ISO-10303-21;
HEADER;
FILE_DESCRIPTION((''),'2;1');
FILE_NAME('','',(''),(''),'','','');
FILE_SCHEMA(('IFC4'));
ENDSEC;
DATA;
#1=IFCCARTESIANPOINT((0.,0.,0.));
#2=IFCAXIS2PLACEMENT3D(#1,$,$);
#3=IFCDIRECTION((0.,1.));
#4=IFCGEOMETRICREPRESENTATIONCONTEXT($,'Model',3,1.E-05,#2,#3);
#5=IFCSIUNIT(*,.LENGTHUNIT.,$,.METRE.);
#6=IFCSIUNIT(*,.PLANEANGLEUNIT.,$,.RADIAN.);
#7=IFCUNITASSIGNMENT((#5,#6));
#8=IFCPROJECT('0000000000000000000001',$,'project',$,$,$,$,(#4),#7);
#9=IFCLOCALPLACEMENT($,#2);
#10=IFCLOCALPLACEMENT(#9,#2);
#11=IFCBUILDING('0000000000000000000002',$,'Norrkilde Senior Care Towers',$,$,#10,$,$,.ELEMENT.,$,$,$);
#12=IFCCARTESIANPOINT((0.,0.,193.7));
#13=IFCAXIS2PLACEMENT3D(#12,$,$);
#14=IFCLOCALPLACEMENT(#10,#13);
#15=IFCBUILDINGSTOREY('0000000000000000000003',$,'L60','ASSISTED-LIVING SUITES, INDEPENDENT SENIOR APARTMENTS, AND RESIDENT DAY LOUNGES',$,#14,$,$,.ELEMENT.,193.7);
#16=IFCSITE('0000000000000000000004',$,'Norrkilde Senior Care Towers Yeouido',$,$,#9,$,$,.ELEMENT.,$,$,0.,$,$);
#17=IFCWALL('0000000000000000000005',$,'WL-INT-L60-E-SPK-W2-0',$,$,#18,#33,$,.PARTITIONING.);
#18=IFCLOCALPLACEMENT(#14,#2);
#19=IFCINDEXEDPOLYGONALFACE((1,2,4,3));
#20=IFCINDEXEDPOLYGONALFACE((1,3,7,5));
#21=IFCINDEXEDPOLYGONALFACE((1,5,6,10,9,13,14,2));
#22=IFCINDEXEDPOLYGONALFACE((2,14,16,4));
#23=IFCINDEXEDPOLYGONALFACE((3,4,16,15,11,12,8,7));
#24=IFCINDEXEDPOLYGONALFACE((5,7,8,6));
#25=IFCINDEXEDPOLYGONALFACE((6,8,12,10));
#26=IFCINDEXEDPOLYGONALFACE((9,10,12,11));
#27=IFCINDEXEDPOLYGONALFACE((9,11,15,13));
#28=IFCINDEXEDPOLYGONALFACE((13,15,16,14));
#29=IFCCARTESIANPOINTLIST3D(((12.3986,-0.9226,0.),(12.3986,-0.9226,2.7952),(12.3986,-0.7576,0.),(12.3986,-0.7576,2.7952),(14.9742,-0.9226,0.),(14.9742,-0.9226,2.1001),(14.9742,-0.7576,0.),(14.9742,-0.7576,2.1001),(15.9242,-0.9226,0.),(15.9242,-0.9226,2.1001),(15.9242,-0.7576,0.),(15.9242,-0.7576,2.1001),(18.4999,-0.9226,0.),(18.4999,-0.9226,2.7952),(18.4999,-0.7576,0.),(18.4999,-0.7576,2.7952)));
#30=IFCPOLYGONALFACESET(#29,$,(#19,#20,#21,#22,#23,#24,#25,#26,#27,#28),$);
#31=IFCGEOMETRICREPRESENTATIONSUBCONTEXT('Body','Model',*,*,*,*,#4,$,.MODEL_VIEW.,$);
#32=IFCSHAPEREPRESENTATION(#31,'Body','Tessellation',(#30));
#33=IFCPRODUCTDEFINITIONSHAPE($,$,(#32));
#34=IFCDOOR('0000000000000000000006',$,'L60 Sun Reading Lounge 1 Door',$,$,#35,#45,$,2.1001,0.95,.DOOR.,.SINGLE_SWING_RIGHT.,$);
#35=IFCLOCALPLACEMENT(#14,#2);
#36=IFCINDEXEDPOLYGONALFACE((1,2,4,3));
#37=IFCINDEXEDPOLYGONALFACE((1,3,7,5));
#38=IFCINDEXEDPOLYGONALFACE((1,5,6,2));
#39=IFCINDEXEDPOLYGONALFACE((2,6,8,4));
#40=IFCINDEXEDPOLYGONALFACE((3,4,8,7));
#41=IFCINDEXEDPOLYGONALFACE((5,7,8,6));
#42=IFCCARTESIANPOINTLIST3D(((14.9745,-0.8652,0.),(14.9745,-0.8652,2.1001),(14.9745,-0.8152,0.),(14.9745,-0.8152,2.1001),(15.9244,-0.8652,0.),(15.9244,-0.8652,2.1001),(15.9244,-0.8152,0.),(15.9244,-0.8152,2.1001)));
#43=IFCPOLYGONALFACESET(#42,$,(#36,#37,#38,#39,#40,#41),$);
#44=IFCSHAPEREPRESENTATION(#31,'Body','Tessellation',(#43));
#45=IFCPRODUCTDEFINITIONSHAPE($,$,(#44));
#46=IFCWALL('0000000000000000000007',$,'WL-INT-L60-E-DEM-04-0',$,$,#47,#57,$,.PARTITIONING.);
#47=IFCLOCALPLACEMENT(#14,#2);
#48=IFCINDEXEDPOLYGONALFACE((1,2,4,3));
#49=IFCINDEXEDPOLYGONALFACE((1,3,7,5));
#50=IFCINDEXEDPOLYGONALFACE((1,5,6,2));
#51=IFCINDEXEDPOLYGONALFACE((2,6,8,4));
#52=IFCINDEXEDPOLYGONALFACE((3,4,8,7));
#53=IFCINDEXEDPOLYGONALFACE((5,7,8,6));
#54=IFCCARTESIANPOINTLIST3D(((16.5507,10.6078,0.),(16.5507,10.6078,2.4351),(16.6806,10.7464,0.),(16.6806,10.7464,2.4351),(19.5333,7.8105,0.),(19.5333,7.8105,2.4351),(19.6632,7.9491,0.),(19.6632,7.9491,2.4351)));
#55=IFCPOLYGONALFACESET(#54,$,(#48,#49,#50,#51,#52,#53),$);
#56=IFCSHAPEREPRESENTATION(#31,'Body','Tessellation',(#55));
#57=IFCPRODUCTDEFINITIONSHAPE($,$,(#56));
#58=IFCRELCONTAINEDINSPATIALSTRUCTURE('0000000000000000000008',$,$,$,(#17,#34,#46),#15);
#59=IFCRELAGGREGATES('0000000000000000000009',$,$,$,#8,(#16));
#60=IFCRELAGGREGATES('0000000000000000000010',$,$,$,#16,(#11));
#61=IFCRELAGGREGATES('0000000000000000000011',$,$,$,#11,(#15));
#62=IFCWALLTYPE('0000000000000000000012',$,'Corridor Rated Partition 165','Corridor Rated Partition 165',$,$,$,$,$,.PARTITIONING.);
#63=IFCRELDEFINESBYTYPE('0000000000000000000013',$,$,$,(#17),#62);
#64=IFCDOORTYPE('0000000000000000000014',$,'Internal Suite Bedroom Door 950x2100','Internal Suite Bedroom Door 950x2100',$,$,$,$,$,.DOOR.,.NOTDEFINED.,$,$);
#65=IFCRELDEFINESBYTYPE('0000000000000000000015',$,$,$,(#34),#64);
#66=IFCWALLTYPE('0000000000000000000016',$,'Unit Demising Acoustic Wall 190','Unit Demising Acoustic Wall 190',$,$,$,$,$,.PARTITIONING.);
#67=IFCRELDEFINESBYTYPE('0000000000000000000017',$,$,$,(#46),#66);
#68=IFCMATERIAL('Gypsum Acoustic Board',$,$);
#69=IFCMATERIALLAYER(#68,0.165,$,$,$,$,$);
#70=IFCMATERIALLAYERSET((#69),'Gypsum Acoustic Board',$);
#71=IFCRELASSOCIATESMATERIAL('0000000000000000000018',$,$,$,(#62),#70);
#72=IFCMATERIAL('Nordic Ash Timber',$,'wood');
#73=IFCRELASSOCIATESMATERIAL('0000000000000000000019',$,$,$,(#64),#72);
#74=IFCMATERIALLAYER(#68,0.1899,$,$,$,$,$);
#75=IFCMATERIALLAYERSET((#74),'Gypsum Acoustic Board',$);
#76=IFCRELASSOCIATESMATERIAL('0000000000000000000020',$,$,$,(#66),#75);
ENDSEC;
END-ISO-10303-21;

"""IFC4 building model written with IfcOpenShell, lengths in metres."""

from ifc_helpers import new_model, si_unit, direction, frame, frame_2d, origin, place, context, subcontext, project, spatial, rectangle, extrude, source, transform, mapped, material, layer, layer_set, type_object, type_shapes, element, fill, save


model = new_model("IFC4")

# Units and contexts
model_context = context("Model", 3, precision=1e-05, world=origin(), true_north=direction((0.0, 1.0)))
body_context = subcontext(model_context, "Body", "Model", "MODEL_VIEW")
ifc_project = project(units=[si_unit("LENGTHUNIT", "METRE"), si_unit("PLANEANGLEUNIT", "RADIAN")], contexts=[model_context])

# Site, building, storey
site_placement = place(None, origin())
site = spatial("IfcSite", under=ifc_project, at=site_placement, Name="Norrkilde Senior Care Towers Yeouido", CompositionType="ELEMENT", RefElevation=0.0)
building_placement = place(site_placement, origin())
building = spatial("IfcBuilding", under=site, at=building_placement, Name="Norrkilde Senior Care Towers", CompositionType="ELEMENT")
storey_placement = place(building_placement, frame((0.0, 0.0, 193.7)))
storey = spatial("IfcBuildingStorey", under=building, at=storey_placement, Name="L60", Description="ASSISTED-LIVING SUITES, INDEPENDENT SENIOR APARTMENTS, AND RESIDENT DAY LOUNGES", CompositionType="ELEMENT", Elevation=193.7)

# Shared definitions
ifc_material_1 = material(Name="Gypsum Acoustic Board")
ifc_layer_1 = layer(ifc_material_1, 0.165)
ifc_layer_set_1 = layer_set([ifc_layer_1], Name="Gypsum Acoustic Board")
wall_type_1 = type_object("IfcWallType", Name="Corridor Rated Partition 165", Description="Corridor Rated Partition 165", PredefinedType="PARTITIONING", material=ifc_layer_set_1)
ifc_material_2 = material(Name="Nordic Ash Timber", Category="wood")

# Wall, opening, door
shared_shape_1 = source(origin(), body_context, "Body", "SweptSolid", [
    extrude(rectangle(XDim=6.1013, YDim=0.165, at=frame_2d((3.0508, 0.0))), origin(), (0.0, 0.0, 1.0), 2.7952),
])
door_type_1 = type_object("IfcDoorType", Name="Internal Suite Bedroom Door 950x2100", Description="Internal Suite Bedroom Door 950x2100", OperationType="NOTDEFINED", PredefinedType="DOOR", material=ifc_material_2)
shared_shape_2 = source(origin(), body_context, "Body", "SweptSolid", [
    extrude(rectangle(XDim=0.95, YDim=2.1001, at=frame_2d((0.4751, 1.05))), frame((0.0, 0.0249, 0.0), z_axis=(0.0, -1.0, 0.0), x_axis=(1.0, 0.0, 0.0)), (0.0, 0.0, 1.0), 0.05),
])
type_shapes(door_type_1, [shared_shape_2])
wall_1_placement = place(storey_placement, frame((18.5, -0.8401, 0.0), z_axis=(0.0, 0.0, 1.0), x_axis=(-1.0, 0.0, 0.0)))
wall_1 = element("IfcWall", 1, at=wall_1_placement, inside=storey, type_object=wall_type_1, Name="WL-INT-L60-E-SPK-W2-0", PredefinedType="PARTITIONING", context=body_context, shape_type="MappedRepresentation", body=[
    mapped(shared_shape_1, transform((0.0, 0.0, 0.0), x_axis=(1.0, 0.0, 0.0), y_axis=(0.0, 1.0, 0.0), z_axis=(0.0, 0.0, 1.0), scale=1.0)),
])
opening_1_placement = place(wall_1_placement, frame((2.5757, 0.0, 0.0)))
opening_1 = element("IfcOpeningElement", 2, at=opening_1_placement, cuts=wall_1, PredefinedType="OPENING", context=body_context, shape_type="SweptSolid", body=[
    extrude(rectangle(XDim=0.95, YDim=2.1001, at=frame_2d((0.4751, 1.05))), frame((0.0, 0.0925, 0.0), z_axis=(0.0, -1.0, 0.0), x_axis=(1.0, 0.0, 0.0)), (0.0, 0.0, 1.0), 0.1851),
])
door_1_placement = place(opening_1_placement, frame((0.95, 0.0, 0.0), z_axis=(0.0, 0.0, 1.0), x_axis=(-1.0, 0.0, 0.0)))
door_1 = element("IfcDoor", 3, at=door_1_placement, inside=storey, type_object=door_type_1, Name="L60 Sun Reading Lounge 1 Door", OperationType="SINGLE_SWING_RIGHT", OverallHeight=2.1001, OverallWidth=0.95, PredefinedType="DOOR", context=body_context, shape_type="MappedRepresentation", body=[
    mapped(shared_shape_2, transform((0.0, 0.0, 0.0), x_axis=(1.0, 0.0, 0.0), y_axis=(0.0, 1.0, 0.0), z_axis=(0.0, 0.0, 1.0), scale=1.0)),
])
fill(opening_1, door_1)

# Wall
ifc_layer_2 = layer(ifc_material_1, 0.1899)
ifc_layer_set_2 = layer_set([ifc_layer_2], Name="Gypsum Acoustic Board")
wall_type_2 = type_object("IfcWallType", Name="Unit Demising Acoustic Wall 190", Description="Unit Demising Acoustic Wall 190", PredefinedType="PARTITIONING", material=ifc_layer_set_2)
shared_shape_3 = source(origin(), body_context, "Body", "SweptSolid", [
    extrude(rectangle(XDim=4.0891, YDim=0.1899, at=frame_2d((2.0444, 0.0))), origin(), (0.0, 0.0, 1.0), 2.4351),
])
type_shapes(wall_type_2, [shared_shape_3])
wall_2_placement = place(storey_placement, frame((19.5981, 7.8799, 0.0), z_axis=(0.0, 0.0, 1.0), x_axis=(-0.729401, 0.684086, 0.0)))
element("IfcWall", 4, at=wall_2_placement, inside=storey, type_object=wall_type_2, Name="WL-INT-L60-E-DEM-04-0", PredefinedType="PARTITIONING", context=body_context, shape_type="MappedRepresentation", body=[
    mapped(shared_shape_3, transform((0.0, 0.0, 0.0), x_axis=(1.0, 0.0, 0.0), y_axis=(0.0, 1.0, 0.0), z_axis=(0.0, 0.0, 1.0), scale=1.0)),
])

save(model, "model.ifc")
